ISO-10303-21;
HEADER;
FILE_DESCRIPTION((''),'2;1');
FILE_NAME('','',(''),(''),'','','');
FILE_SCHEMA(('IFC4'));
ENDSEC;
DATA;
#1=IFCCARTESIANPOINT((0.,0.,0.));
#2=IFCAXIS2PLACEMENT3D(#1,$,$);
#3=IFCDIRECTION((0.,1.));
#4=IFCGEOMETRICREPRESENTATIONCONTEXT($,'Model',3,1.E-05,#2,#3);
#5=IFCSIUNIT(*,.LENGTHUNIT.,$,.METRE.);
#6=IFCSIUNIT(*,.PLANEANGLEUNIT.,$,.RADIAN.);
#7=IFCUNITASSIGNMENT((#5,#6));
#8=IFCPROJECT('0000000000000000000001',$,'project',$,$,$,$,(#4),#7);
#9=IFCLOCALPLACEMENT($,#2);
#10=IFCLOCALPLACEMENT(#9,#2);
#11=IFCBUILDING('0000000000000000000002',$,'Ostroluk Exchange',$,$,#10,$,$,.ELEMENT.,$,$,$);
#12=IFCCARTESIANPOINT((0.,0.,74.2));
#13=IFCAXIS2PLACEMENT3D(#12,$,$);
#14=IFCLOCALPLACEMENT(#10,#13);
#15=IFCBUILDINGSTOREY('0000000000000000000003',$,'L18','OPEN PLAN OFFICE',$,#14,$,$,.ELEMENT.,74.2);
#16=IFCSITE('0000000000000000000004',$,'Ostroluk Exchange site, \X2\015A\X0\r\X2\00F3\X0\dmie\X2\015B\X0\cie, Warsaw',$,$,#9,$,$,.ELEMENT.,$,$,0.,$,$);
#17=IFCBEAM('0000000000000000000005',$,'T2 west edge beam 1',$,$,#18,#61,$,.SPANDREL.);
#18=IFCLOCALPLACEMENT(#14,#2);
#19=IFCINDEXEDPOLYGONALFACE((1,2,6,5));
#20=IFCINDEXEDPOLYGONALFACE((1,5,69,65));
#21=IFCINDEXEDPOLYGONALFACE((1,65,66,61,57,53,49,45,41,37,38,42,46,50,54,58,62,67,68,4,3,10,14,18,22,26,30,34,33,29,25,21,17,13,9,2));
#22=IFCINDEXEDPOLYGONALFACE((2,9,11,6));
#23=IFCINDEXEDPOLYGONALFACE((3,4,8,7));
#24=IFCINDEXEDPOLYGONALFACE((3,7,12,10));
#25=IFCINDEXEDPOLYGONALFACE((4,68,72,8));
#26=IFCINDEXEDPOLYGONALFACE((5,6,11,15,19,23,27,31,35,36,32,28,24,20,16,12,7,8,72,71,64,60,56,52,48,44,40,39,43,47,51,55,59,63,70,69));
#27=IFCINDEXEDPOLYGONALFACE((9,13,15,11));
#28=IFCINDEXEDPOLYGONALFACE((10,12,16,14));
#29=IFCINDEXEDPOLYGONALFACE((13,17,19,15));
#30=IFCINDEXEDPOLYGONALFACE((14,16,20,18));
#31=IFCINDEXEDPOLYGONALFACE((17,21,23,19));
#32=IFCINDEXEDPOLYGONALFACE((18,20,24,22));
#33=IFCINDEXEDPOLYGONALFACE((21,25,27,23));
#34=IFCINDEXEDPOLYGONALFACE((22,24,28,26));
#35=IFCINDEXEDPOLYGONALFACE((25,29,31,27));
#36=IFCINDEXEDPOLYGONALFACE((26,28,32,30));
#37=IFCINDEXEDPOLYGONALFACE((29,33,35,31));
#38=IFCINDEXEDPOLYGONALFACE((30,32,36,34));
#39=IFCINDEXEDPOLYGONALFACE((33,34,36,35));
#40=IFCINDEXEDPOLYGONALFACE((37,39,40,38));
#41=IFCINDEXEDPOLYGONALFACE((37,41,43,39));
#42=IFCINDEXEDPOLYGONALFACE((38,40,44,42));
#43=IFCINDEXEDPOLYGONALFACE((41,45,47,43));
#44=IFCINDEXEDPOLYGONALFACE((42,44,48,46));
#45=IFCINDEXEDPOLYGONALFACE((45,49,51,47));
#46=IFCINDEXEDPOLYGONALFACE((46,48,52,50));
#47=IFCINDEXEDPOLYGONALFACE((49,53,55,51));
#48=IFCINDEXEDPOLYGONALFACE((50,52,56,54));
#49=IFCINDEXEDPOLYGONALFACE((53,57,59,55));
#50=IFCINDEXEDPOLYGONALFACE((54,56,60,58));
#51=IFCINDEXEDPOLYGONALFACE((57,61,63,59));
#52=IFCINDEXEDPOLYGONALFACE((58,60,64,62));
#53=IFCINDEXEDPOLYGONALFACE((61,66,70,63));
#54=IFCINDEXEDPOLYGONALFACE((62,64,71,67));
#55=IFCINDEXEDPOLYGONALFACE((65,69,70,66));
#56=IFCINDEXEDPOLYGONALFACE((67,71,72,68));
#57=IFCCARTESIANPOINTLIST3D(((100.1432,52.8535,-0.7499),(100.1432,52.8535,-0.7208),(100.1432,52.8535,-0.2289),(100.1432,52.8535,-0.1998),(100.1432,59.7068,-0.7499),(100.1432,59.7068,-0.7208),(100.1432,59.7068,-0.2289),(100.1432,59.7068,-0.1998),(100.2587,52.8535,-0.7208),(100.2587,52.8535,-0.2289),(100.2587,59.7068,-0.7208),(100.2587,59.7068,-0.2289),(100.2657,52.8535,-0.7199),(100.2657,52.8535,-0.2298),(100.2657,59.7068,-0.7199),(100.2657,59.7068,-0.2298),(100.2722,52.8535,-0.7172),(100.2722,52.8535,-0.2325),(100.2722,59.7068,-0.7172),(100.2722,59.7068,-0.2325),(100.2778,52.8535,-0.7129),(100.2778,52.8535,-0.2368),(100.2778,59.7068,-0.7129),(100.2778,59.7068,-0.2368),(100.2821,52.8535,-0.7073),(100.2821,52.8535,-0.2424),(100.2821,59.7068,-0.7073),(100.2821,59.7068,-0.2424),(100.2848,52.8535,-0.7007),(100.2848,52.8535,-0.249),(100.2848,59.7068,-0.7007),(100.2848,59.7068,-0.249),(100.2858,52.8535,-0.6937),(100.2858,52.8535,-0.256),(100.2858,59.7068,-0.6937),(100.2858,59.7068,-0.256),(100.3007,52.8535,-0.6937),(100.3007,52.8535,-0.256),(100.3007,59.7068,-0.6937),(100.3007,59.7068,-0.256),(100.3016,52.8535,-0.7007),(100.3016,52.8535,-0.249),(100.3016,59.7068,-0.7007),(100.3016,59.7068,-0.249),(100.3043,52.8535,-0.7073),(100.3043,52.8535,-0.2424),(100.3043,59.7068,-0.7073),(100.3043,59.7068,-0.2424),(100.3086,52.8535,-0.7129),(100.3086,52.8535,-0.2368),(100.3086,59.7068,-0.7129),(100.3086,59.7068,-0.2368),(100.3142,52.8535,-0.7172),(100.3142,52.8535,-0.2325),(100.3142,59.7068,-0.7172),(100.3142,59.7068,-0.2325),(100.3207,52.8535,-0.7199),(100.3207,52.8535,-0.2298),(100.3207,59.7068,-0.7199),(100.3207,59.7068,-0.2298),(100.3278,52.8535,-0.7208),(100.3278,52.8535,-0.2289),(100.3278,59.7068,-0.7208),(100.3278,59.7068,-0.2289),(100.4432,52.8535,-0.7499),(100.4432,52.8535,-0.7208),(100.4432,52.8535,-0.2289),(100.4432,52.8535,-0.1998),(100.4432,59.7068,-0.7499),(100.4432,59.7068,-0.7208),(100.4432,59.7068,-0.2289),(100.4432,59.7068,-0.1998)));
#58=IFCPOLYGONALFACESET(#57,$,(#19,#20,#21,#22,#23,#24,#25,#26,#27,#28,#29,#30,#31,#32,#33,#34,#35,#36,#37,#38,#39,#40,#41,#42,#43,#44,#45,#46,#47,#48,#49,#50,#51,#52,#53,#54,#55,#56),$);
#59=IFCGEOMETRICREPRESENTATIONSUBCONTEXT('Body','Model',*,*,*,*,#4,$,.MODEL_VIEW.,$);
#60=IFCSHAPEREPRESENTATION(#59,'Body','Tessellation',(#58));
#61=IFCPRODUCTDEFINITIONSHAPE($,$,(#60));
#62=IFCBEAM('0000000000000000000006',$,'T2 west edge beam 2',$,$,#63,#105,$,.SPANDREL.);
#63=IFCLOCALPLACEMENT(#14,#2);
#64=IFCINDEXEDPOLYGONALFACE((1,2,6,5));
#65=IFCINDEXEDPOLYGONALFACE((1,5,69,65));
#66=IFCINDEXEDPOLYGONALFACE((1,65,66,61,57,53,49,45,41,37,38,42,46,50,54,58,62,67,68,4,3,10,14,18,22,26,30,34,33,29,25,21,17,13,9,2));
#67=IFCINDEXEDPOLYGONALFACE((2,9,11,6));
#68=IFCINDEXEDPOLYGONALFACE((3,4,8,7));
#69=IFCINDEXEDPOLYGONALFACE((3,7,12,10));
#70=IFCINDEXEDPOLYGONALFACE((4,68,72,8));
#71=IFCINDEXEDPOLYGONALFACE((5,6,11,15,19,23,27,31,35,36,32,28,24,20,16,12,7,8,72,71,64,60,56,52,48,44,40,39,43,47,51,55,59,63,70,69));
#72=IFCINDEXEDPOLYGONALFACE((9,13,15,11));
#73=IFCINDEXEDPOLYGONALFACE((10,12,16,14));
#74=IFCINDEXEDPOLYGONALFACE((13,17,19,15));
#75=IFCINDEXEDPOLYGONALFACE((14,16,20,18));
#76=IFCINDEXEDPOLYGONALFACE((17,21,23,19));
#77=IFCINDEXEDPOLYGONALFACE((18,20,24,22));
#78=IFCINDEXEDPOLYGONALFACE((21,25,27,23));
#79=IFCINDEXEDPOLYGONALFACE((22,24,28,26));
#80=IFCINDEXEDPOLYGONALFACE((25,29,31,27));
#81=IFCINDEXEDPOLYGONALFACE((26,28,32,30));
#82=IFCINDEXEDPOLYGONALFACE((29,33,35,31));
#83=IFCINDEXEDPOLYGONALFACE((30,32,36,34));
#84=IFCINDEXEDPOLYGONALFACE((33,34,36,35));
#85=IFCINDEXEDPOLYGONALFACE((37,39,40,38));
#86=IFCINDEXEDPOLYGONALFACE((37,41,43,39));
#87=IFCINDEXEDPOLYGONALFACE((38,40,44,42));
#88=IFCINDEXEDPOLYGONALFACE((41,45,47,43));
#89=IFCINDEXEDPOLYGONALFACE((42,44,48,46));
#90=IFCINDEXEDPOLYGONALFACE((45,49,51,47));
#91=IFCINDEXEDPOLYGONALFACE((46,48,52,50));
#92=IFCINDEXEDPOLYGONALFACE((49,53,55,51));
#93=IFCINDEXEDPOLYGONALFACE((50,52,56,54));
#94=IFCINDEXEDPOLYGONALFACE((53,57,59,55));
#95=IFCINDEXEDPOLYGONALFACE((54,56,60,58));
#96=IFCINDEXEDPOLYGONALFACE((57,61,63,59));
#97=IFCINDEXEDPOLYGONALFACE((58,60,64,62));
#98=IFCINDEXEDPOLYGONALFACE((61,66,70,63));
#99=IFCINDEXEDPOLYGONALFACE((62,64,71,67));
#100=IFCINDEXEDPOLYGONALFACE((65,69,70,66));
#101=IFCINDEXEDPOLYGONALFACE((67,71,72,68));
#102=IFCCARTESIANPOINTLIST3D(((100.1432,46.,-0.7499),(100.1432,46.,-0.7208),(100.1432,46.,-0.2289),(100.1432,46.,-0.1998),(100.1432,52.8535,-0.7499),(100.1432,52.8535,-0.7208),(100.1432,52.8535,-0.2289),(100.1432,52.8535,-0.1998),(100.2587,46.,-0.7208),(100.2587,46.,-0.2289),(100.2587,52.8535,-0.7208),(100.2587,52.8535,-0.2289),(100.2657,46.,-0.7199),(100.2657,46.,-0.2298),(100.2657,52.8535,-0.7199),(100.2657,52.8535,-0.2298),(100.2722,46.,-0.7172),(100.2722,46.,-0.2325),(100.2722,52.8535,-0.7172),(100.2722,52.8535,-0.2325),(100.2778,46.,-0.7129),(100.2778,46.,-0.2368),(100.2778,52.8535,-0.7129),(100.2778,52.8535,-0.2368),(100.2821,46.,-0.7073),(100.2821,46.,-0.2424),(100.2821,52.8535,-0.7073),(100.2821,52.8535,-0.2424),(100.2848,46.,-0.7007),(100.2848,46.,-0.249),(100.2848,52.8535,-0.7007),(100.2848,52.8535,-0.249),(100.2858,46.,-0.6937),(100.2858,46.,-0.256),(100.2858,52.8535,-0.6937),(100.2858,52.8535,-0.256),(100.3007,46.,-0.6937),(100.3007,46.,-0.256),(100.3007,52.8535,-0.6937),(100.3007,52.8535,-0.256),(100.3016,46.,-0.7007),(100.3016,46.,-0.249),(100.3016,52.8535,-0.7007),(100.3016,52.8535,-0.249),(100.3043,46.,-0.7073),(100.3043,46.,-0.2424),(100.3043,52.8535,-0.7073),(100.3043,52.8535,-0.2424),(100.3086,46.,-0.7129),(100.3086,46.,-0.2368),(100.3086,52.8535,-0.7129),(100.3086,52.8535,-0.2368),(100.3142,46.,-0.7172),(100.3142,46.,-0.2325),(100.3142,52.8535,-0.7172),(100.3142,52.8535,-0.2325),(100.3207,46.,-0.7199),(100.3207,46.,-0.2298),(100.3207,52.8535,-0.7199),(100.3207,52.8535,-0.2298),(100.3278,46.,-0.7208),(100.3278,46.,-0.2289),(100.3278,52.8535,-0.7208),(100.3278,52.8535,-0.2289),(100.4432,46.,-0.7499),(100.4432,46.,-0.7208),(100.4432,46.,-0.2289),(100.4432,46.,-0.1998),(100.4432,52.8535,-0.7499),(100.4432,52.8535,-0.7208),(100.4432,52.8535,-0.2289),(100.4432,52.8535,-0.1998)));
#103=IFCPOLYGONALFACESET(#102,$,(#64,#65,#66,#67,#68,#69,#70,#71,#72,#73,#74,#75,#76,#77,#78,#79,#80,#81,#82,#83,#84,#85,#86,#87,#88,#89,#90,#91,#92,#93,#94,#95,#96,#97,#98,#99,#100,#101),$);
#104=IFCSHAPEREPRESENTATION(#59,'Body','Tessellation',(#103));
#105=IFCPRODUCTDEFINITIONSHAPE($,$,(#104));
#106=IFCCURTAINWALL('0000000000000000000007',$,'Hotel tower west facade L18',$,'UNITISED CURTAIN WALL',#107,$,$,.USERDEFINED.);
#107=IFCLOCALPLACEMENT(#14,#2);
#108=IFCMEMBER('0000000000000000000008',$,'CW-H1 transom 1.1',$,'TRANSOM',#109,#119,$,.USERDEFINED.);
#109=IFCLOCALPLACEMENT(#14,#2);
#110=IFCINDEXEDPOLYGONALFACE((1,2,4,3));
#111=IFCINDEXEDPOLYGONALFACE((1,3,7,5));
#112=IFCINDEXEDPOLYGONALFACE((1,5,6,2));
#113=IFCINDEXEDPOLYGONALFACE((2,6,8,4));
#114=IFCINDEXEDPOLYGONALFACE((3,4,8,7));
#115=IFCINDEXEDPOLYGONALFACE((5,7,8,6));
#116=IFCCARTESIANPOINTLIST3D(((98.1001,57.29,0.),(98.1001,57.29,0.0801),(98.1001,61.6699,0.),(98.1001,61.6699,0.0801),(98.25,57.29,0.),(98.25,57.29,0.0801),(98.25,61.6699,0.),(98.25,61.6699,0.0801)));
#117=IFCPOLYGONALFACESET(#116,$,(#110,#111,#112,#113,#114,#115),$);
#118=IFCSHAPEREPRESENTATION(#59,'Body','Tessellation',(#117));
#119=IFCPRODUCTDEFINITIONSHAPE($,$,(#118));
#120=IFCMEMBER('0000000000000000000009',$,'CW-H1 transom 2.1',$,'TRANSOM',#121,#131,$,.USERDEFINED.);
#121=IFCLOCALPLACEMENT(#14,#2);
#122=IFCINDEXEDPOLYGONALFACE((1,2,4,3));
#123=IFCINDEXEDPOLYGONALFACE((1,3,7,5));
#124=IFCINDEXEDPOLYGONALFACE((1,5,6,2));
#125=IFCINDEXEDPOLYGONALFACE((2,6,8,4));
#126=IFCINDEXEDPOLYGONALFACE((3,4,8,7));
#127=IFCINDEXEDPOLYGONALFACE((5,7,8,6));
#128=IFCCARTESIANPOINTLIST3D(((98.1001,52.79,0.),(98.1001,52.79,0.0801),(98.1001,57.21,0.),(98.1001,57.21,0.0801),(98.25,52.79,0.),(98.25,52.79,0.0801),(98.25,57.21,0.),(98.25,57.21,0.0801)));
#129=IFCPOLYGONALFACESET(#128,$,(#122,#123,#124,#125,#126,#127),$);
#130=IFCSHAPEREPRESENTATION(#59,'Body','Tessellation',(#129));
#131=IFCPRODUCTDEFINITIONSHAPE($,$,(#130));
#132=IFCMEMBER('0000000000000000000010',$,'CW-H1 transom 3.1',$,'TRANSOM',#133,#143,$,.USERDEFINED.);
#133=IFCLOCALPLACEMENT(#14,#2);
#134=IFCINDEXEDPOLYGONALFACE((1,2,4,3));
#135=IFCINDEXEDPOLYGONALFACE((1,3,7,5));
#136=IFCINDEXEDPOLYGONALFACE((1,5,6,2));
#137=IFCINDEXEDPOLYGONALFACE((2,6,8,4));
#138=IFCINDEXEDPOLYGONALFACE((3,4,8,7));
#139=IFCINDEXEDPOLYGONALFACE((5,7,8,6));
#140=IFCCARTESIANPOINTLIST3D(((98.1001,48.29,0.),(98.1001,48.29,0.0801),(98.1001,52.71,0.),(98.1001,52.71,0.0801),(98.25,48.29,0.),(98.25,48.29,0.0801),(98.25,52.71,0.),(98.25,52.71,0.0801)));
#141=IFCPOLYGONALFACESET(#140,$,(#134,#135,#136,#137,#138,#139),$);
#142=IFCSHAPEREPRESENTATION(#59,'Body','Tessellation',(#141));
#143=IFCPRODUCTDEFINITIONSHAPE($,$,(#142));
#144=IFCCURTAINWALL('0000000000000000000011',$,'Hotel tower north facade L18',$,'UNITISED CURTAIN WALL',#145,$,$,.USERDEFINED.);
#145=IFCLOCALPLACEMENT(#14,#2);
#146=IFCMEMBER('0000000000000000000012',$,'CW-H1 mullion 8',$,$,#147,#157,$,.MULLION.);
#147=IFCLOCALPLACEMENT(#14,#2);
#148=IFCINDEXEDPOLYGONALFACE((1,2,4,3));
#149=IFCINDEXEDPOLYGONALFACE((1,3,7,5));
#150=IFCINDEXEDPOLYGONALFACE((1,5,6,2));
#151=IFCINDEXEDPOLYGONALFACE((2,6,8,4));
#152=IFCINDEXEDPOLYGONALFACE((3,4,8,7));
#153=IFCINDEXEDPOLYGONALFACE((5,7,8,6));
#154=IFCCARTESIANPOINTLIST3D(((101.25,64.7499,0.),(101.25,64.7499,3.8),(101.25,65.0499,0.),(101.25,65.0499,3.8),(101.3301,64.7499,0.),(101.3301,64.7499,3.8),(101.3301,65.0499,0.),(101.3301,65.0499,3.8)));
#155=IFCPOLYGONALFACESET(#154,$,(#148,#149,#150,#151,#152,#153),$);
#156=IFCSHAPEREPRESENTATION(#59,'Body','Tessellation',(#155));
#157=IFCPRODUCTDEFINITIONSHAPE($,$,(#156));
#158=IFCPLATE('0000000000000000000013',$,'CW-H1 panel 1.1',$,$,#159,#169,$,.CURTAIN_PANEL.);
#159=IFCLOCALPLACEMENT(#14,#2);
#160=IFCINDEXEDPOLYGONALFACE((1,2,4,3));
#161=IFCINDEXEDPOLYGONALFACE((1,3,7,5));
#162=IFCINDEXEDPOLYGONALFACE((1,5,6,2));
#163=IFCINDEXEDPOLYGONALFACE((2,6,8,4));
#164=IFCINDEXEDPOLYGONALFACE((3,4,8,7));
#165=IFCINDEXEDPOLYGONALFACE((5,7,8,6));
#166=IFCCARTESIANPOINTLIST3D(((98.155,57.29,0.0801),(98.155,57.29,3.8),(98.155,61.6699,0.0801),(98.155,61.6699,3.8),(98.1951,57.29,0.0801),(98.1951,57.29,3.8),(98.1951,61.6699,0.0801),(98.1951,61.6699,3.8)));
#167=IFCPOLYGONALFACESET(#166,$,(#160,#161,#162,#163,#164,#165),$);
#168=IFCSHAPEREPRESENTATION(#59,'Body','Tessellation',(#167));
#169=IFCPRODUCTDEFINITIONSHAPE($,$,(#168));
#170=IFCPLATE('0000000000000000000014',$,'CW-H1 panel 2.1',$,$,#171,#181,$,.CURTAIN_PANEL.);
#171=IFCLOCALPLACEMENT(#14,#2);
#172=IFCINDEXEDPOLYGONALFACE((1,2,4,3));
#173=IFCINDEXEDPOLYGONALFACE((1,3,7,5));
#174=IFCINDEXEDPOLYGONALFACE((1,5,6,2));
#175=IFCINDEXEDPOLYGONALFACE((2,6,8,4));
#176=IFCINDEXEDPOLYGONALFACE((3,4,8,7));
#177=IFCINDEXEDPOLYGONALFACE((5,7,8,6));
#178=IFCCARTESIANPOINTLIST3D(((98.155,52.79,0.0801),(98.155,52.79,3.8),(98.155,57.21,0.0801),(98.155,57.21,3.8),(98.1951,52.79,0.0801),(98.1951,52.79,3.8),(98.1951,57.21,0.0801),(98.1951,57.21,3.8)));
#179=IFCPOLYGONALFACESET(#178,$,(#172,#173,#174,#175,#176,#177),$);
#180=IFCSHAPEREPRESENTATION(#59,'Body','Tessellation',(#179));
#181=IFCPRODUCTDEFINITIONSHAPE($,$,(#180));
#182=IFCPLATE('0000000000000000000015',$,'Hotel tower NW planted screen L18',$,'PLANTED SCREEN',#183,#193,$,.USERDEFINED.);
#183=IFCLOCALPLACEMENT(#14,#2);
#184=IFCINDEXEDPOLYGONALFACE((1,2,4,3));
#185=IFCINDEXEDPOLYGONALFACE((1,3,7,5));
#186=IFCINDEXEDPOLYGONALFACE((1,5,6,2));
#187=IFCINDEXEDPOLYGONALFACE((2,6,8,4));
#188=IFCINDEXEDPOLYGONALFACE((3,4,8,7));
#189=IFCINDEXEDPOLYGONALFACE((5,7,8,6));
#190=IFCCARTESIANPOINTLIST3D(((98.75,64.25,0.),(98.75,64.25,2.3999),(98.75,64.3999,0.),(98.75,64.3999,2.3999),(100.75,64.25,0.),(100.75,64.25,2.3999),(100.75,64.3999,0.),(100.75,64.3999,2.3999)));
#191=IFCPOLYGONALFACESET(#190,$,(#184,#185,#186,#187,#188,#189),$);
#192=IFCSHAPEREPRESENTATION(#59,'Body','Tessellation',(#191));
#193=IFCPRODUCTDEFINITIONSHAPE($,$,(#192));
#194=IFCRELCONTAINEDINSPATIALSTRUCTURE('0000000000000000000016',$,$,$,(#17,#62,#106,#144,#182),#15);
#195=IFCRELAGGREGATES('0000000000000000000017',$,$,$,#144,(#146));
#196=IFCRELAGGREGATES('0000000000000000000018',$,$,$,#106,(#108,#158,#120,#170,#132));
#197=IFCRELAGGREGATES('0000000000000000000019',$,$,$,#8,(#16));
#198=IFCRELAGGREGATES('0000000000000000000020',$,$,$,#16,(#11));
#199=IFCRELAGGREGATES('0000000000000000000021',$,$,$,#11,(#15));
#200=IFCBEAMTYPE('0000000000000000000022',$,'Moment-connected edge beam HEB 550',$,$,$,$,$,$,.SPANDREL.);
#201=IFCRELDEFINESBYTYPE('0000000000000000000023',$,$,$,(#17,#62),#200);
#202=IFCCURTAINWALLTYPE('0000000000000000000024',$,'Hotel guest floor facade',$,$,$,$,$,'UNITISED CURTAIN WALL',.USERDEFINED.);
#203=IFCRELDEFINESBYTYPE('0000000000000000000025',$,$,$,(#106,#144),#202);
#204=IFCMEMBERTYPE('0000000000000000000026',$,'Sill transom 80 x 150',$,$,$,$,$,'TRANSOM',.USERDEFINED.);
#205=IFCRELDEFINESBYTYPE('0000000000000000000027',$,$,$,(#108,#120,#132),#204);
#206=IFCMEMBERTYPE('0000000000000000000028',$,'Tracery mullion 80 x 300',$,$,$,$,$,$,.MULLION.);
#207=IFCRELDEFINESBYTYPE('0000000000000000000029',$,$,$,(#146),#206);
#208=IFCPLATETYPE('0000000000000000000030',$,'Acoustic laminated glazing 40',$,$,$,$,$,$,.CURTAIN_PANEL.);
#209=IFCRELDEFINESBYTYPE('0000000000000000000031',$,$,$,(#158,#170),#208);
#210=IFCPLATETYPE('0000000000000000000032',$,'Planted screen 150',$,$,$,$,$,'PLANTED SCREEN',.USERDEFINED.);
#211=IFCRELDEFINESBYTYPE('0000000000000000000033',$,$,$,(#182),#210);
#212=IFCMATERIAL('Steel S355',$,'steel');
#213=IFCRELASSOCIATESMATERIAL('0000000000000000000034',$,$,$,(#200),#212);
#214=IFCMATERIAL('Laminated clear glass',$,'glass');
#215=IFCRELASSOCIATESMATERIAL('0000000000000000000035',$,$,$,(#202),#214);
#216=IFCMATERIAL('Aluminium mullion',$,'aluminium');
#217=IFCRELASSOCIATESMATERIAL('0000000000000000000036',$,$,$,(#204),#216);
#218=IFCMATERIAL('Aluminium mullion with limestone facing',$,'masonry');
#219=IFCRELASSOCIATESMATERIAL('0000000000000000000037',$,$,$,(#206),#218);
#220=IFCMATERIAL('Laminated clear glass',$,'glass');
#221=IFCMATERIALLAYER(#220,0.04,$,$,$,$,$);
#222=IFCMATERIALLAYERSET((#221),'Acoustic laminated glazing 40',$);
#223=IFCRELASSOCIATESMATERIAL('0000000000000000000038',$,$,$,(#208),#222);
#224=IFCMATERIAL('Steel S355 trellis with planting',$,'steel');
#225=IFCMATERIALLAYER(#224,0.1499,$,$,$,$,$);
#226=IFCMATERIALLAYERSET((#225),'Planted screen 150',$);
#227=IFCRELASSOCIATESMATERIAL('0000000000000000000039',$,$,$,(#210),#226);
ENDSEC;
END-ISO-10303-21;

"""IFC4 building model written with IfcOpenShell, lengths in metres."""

from ifc_helpers import new_model, si_unit, direction, frame, origin, origin_2d, place, context, subcontext, project, spatial, rectangle, i_section, extrude, material, layer, layer_set, material_profile, profile_set, type_object, element, aggregate, save


model = new_model("IFC4")

# Units and contexts
model_context = context("Model", 3, precision=1e-05, world=origin(), true_north=direction((0.0, 1.0)))
body_context = subcontext(model_context, "Body", "Model", "MODEL_VIEW")
ifc_project = project(units=[si_unit("LENGTHUNIT", "METRE"), si_unit("PLANEANGLEUNIT", "RADIAN")], contexts=[model_context])

# Site, building, storey
site_placement = place(None, origin())
site = spatial("IfcSite", under=ifc_project, at=site_placement, Name="Ostroluk Exchange site, Śródmieście, Warsaw", CompositionType="ELEMENT", RefElevation=0.0)
building_placement = place(site_placement, origin())
building = spatial("IfcBuilding", under=site, at=building_placement, Name="Ostroluk Exchange", CompositionType="ELEMENT")
storey_placement = place(building_placement, frame((0.0, 0.0, 74.2)))
storey = spatial("IfcBuildingStorey", under=building, at=storey_placement, Name="L18", Description="OPEN PLAN OFFICE", CompositionType="ELEMENT", Elevation=74.2)

# Beams
ifc_material_1 = material(Name="Steel S355", Category="steel")
ifc_material_profile_1 = material_profile(ifc_material_1, i_section(OverallWidth=0.3, OverallDepth=0.55, WebThickness=0.0149, FlangeThickness=0.0291, FilletRadius=0.0271, at=origin_2d()), Name="HEB 550")
ifc_profile_set_1 = profile_set([ifc_material_profile_1], Name="Steel S355")
beam_type_1 = type_object("IfcBeamType", Name="Moment-connected edge beam HEB 550", PredefinedType="SPANDREL", material=ifc_profile_set_1)
beam_1_placement = place(storey_placement, frame((100.2932, 59.7068, -0.4749), z_axis=(0.0, -1.0, 0.0), x_axis=(1.0, 0.0, 0.0)))
element("IfcBeam", 1, at=beam_1_placement, inside=storey, type_object=beam_type_1, Name="T2 west edge beam 1", PredefinedType="SPANDREL", context=body_context, shape_type="SweptSolid", body=[
    extrude(i_section(OverallWidth=0.3, OverallDepth=0.55, WebThickness=0.0149, FlangeThickness=0.0291, FilletRadius=0.0271, at=origin_2d()), origin(), (0.0, 0.0, 1.0), 6.8533),
])
beam_2_placement = place(storey_placement, frame((100.2932, 52.8535, -0.4749), z_axis=(0.0, -1.0, 0.0), x_axis=(1.0, 0.0, 0.0)))
element("IfcBeam", 2, at=beam_2_placement, inside=storey, type_object=beam_type_1, Name="T2 west edge beam 2", PredefinedType="SPANDREL", context=body_context, shape_type="SweptSolid", body=[
    extrude(i_section(OverallWidth=0.3, OverallDepth=0.55, WebThickness=0.0149, FlangeThickness=0.0291, FilletRadius=0.0271, at=origin_2d()), origin(), (0.0, 0.0, 1.0), 6.8535),
])

# Curtain wall, members
ifc_material_2 = material(Name="Laminated clear glass", Category="glass")
curtain_wall_type = type_object("IfcCurtainWallType", Name="Hotel guest floor facade", ElementType="UNITISED CURTAIN WALL", PredefinedType="USERDEFINED", material=ifc_material_2)
curtain_wall_1_placement = place(storey_placement, origin())
curtain_wall_1 = element("IfcCurtainWall", 3, at=curtain_wall_1_placement, inside=storey, type_object=curtain_wall_type, Name="Hotel tower west facade L18", ObjectType="UNITISED CURTAIN WALL", PredefinedType="USERDEFINED")
ifc_material_3 = material(Name="Aluminium mullion", Category="aluminium")
ifc_material_profile_2 = material_profile(ifc_material_3, rectangle(XDim=0.1499, YDim=0.0801, at=origin_2d()), Name="Sill transom 80 x 150")
ifc_profile_set_2 = profile_set([ifc_material_profile_2], Name="Aluminium mullion")
member_type_1 = type_object("IfcMemberType", Name="Sill transom 80 x 150", ElementType="TRANSOM", PredefinedType="USERDEFINED", material=ifc_profile_set_2)
member_1_placement = place(storey_placement, frame((98.175, 61.6699, 0.04), z_axis=(0.0, -1.0, 0.0), x_axis=(1.0, 0.0, 0.0)))
member_1 = element("IfcMember", 4, at=member_1_placement, type_object=member_type_1, Name="CW-H1 transom 1.1", ObjectType="TRANSOM", PredefinedType="USERDEFINED", context=body_context, shape_type="SweptSolid", body=[
    extrude(rectangle(XDim=0.1499, YDim=0.0801, at=origin_2d()), origin(), (0.0, 0.0, 1.0), 4.3799),
])
member_2_placement = place(storey_placement, frame((98.175, 57.21, 0.04), z_axis=(0.0, -1.0, 0.0), x_axis=(1.0, 0.0, 0.0)))
member_2 = element("IfcMember", 5, at=member_2_placement, type_object=member_type_1, Name="CW-H1 transom 2.1", ObjectType="TRANSOM", PredefinedType="USERDEFINED", context=body_context, shape_type="SweptSolid", body=[
    extrude(rectangle(XDim=0.1499, YDim=0.0801, at=origin_2d()), origin(), (0.0, 0.0, 1.0), 4.4199),
])
member_3_placement = place(storey_placement, frame((98.175, 52.71, 0.04), z_axis=(0.0, -1.0, 0.0), x_axis=(1.0, 0.0, 0.0)))
member_3 = element("IfcMember", 6, at=member_3_placement, type_object=member_type_1, Name="CW-H1 transom 3.1", ObjectType="TRANSOM", PredefinedType="USERDEFINED", context=body_context, shape_type="SweptSolid", body=[
    extrude(rectangle(XDim=0.1499, YDim=0.0801, at=origin_2d()), origin(), (0.0, 0.0, 1.0), 4.4199),
])

# Curtain wall, member
curtain_wall_2_placement = place(storey_placement, origin())
curtain_wall_2 = element("IfcCurtainWall", 7, at=curtain_wall_2_placement, inside=storey, type_object=curtain_wall_type, Name="Hotel tower north facade L18", ObjectType="UNITISED CURTAIN WALL", PredefinedType="USERDEFINED")
ifc_material_4 = material(Name="Aluminium mullion with limestone facing", Category="masonry")
ifc_material_profile_3 = material_profile(ifc_material_4, rectangle(XDim=0.3, YDim=0.0801, at=origin_2d()), Name="Tracery mullion 80 x 300")
ifc_profile_set_3 = profile_set([ifc_material_profile_3], Name="Aluminium mullion with limestone facing")
member_type_2 = type_object("IfcMemberType", Name="Tracery mullion 80 x 300", PredefinedType="MULLION", material=ifc_profile_set_3)
member_4_placement = place(storey_placement, frame((101.29, 64.8999, 0.0), z_axis=(0.0, 0.0, 1.0), x_axis=(0.0, -1.0, 0.0)))
member_4 = element("IfcMember", 8, at=member_4_placement, type_object=member_type_2, Name="CW-H1 mullion 8", PredefinedType="MULLION", context=body_context, shape_type="SweptSolid", body=[
    extrude(rectangle(XDim=0.3, YDim=0.0801, at=origin_2d()), origin(), (0.0, 0.0, 1.0), 3.8),
])
aggregate(curtain_wall_2, [member_4])

# Plates
ifc_material_5 = material(Name="Laminated clear glass", Category="glass")
ifc_layer_1 = layer(ifc_material_5, 0.04)
ifc_layer_set_1 = layer_set([ifc_layer_1], Name="Acoustic laminated glazing 40")
plate_type_1 = type_object("IfcPlateType", Name="Acoustic laminated glazing 40", PredefinedType="CURTAIN_PANEL", material=ifc_layer_set_1)
plate_1_placement = place(storey_placement, frame((98.175, 59.48, 0.0801), z_axis=(0.0, 0.0, 1.0), x_axis=(0.0, -1.0, 0.0)))
plate_1 = element("IfcPlate", 9, at=plate_1_placement, type_object=plate_type_1, Name="CW-H1 panel 1.1", PredefinedType="CURTAIN_PANEL", context=body_context, shape_type="SweptSolid", body=[
    extrude(rectangle(XDim=4.3799, YDim=0.04, at=origin_2d()), origin(), (0.0, 0.0, 1.0), 3.72),
])
plate_2_placement = place(storey_placement, frame((98.175, 55.0, 0.0801), z_axis=(0.0, 0.0, 1.0), x_axis=(0.0, -1.0, 0.0)))
plate_2 = element("IfcPlate", 10, at=plate_2_placement, type_object=plate_type_1, Name="CW-H1 panel 2.1", PredefinedType="CURTAIN_PANEL", context=body_context, shape_type="SweptSolid", body=[
    extrude(rectangle(XDim=4.4199, YDim=0.04, at=origin_2d()), origin(), (0.0, 0.0, 1.0), 3.72),
])
aggregate(curtain_wall_1, [member_1, plate_1, member_2, plate_2, member_3])
ifc_material_6 = material(Name="Steel S355 trellis with planting", Category="steel")
ifc_layer_2 = layer(ifc_material_6, 0.1499)
ifc_layer_set_2 = layer_set([ifc_layer_2], Name="Planted screen 150")
plate_type_2 = type_object("IfcPlateType", Name="Planted screen 150", ElementType="PLANTED SCREEN", PredefinedType="USERDEFINED", material=ifc_layer_set_2)
plate_3_placement = place(storey_placement, frame((99.75, 64.325, 0.0), z_axis=(0.0, 0.0, 1.0), x_axis=(1.0, 0.0, 0.0)))
element("IfcPlate", 11, at=plate_3_placement, inside=storey, type_object=plate_type_2, Name="Hotel tower NW planted screen L18", ObjectType="PLANTED SCREEN", PredefinedType="USERDEFINED", context=body_context, shape_type="SweptSolid", body=[
    extrude(rectangle(XDim=2.0, YDim=0.1499, at=origin_2d()), origin(), (0.0, 0.0, 1.0), 2.3999),
])

save(model, "model.ifc")
